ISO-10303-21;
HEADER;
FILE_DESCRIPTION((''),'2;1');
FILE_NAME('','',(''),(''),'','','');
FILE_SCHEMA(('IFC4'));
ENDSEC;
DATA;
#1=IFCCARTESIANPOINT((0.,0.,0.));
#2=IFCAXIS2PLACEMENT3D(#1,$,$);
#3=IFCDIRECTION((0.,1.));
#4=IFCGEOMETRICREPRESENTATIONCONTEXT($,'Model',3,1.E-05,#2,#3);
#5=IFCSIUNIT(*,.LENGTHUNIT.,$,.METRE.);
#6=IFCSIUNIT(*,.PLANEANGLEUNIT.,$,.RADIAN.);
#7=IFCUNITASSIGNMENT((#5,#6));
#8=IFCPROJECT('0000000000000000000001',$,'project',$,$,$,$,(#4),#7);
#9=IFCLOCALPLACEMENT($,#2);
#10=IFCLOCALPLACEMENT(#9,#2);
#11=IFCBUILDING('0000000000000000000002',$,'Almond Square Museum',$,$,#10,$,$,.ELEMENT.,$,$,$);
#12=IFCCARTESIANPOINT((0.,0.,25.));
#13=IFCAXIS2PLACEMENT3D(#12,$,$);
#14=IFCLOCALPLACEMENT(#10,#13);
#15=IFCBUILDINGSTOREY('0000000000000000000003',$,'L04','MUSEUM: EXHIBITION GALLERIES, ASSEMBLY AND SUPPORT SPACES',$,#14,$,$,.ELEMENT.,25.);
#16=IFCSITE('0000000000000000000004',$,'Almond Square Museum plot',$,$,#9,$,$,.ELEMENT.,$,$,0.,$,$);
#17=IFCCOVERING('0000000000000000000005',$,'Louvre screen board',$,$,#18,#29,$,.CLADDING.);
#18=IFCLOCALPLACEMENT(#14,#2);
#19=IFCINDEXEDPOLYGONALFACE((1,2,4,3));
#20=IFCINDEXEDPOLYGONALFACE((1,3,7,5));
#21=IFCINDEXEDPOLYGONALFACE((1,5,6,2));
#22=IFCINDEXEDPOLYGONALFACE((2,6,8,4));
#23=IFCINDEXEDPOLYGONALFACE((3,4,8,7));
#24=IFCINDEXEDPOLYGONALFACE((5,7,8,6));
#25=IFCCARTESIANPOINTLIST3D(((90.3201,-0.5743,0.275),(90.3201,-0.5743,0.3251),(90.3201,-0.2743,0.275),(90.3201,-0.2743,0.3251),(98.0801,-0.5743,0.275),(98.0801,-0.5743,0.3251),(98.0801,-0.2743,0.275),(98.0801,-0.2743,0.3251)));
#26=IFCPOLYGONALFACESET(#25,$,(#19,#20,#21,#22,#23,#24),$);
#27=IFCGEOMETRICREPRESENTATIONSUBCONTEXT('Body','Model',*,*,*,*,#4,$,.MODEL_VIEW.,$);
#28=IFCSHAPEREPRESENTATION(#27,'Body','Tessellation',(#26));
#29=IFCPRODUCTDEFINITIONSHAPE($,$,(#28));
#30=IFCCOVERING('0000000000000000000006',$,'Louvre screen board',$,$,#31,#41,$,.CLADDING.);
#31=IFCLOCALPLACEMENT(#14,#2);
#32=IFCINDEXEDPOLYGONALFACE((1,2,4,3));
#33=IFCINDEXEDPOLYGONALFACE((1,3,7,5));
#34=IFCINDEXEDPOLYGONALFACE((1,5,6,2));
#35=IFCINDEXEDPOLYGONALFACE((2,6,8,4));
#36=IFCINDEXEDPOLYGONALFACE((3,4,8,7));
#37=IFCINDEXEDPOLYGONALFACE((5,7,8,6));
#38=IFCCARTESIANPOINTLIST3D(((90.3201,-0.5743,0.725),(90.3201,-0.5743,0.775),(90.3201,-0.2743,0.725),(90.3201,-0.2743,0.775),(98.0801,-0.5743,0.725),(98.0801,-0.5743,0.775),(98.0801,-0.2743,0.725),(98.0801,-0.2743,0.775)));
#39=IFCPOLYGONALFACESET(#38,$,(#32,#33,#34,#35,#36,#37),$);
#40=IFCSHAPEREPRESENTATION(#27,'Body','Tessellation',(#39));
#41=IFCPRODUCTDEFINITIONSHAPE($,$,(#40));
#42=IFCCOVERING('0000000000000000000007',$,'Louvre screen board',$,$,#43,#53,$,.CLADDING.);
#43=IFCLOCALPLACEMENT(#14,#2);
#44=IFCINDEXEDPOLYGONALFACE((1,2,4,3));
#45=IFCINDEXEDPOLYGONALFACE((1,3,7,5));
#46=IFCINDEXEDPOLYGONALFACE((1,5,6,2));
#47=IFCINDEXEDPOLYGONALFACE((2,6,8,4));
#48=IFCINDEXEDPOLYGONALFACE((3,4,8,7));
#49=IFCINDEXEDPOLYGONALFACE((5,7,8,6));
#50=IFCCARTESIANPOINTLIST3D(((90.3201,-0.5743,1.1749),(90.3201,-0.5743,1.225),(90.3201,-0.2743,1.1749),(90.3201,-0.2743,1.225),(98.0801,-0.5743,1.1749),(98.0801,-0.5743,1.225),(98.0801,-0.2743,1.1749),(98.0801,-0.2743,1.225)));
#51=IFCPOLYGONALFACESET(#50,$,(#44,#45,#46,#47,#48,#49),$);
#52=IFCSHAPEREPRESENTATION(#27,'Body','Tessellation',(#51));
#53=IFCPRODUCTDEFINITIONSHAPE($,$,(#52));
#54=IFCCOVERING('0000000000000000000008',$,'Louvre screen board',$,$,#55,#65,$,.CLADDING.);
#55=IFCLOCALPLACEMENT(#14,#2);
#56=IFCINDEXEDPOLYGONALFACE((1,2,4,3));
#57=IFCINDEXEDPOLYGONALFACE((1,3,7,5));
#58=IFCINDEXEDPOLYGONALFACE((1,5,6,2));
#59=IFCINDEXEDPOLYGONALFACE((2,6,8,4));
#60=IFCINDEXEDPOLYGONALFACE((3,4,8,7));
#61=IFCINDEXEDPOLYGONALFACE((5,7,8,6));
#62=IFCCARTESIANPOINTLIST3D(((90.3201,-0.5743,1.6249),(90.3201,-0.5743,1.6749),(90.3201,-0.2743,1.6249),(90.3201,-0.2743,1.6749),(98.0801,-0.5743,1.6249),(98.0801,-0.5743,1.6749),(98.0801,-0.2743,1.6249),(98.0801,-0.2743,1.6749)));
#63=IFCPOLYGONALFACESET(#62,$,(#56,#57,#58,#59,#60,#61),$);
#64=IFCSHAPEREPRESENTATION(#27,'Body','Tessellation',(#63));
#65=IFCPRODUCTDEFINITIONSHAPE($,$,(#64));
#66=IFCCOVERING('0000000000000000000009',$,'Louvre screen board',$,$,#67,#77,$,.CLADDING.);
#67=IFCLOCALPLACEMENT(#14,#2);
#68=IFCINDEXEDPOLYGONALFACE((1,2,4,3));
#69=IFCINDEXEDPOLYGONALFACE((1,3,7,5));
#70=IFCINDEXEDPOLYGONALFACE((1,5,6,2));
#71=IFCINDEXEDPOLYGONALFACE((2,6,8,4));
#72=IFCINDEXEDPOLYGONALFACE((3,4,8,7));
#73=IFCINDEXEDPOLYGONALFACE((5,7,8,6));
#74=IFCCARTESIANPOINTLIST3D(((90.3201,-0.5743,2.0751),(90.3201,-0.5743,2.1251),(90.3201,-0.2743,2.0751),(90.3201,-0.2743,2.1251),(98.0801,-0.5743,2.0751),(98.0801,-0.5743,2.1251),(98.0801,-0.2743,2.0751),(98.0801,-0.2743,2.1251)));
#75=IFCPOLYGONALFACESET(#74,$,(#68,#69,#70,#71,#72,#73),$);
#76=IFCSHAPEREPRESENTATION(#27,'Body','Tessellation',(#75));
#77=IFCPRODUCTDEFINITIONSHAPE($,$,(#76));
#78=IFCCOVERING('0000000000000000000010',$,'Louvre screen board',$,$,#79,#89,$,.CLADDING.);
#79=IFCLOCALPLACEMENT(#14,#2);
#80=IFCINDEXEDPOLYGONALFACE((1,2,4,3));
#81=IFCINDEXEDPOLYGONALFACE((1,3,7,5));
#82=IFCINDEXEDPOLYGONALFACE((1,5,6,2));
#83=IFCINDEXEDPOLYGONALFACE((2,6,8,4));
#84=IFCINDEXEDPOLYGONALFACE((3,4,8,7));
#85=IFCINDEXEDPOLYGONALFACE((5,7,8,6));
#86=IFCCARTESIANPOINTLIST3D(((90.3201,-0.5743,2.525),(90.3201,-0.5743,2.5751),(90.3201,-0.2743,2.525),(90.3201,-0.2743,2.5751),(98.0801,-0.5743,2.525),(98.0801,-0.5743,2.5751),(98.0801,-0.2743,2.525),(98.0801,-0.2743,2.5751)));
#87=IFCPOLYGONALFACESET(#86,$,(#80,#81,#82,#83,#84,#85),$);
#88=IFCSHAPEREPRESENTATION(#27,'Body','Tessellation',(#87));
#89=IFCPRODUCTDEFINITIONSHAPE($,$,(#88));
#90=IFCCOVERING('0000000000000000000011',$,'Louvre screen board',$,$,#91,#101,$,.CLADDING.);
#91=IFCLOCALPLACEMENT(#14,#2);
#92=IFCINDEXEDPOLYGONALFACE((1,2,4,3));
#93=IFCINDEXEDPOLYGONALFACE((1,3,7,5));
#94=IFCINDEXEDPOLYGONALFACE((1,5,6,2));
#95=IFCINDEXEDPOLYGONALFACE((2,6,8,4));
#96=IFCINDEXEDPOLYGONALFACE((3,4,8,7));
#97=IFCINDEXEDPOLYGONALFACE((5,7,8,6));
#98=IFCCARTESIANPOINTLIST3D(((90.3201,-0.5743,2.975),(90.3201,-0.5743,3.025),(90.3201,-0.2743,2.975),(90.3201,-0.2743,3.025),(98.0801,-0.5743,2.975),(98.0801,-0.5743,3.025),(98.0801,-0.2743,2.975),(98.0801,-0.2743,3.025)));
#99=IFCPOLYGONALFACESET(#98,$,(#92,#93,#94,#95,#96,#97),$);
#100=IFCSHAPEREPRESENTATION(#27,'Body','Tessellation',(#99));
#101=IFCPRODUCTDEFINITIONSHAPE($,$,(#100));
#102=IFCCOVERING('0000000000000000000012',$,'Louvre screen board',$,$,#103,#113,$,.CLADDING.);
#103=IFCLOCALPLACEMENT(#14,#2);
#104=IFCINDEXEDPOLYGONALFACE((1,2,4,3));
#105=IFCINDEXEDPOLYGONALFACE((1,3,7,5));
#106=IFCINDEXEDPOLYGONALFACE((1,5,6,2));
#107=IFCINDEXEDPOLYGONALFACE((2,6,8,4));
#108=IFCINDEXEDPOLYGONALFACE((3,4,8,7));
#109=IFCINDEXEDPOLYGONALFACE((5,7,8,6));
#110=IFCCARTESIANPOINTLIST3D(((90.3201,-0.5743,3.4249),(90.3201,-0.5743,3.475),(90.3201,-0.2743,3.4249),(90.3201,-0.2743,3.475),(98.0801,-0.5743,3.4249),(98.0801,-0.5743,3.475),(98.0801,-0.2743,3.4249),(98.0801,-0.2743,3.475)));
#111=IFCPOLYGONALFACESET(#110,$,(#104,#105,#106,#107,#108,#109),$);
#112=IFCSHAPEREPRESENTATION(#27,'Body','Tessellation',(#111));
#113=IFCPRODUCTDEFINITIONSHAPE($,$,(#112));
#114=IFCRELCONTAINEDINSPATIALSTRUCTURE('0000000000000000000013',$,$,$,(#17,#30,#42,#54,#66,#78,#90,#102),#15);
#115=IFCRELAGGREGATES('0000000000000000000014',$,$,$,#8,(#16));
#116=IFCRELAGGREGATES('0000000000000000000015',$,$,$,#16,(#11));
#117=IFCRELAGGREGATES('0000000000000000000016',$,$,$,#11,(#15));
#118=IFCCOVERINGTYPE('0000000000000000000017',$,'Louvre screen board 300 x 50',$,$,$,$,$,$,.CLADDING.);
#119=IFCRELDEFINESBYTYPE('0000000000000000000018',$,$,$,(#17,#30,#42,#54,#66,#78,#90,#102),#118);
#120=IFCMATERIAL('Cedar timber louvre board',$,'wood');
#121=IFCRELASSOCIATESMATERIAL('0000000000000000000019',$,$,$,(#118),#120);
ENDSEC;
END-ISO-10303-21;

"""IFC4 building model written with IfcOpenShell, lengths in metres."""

from ifc_helpers import new_model, si_unit, direction, frame, origin, origin_2d, place, context, subcontext, project, spatial, rectangle, extrude, material, material_profile, profile_set, type_object, element, save


model = new_model("IFC4")

# Units and contexts
model_context = context("Model", 3, precision=1e-05, world=origin(), true_north=direction((0.0, 1.0)))
body_context = subcontext(model_context, "Body", "Model", "MODEL_VIEW")
ifc_project = project(units=[si_unit("LENGTHUNIT", "METRE"), si_unit("PLANEANGLEUNIT", "RADIAN")], contexts=[model_context])

# Site, building, storey
site_placement = place(None, origin())
site = spatial("IfcSite", under=ifc_project, at=site_placement, Name="Almond Square Museum plot", CompositionType="ELEMENT", RefElevation=0.0)
building_placement = place(site_placement, origin())
building = spatial("IfcBuilding", under=site, at=building_placement, Name="Almond Square Museum", CompositionType="ELEMENT")
storey_placement = place(building_placement, frame((0.0, 0.0, 25.0)))
storey = spatial("IfcBuildingStorey", under=building, at=storey_placement, Name="L04", Description="MUSEUM: EXHIBITION GALLERIES, ASSEMBLY AND SUPPORT SPACES", CompositionType="ELEMENT", Elevation=25.0)

# Coverings
ifc_material_1 = material(Name="Cedar timber louvre board", Category="wood")
ifc_material_profile_1 = material_profile(ifc_material_1, rectangle(XDim=0.3, YDim=0.05, at=origin_2d()))
ifc_profile_set_1 = profile_set([ifc_material_profile_1], Name="Cedar timber louvre board")
covering_type = type_object("IfcCoveringType", Name="Louvre screen board 300 x 50", PredefinedType="CLADDING", material=ifc_profile_set_1)
for number, where, z_axis, x_axis, name in (
    (1, (90.3201, -0.4243, 0.3), (1.0, 0.0, 0.0), (0.0, 1.0, 0.0), "Louvre screen board"),
    (2, (90.3201, -0.4243, 0.75), (1.0, 0.0, 0.0), (0.0, 1.0, 0.0), "Louvre screen board"),
    (3, (90.3201, -0.4243, 1.2), (1.0, 0.0, 0.0), (0.0, 1.0, 0.0), "Louvre screen board"),
    (4, (90.3201, -0.4243, 1.6499), (1.0, 0.0, 0.0), (0.0, 1.0, 0.0), "Louvre screen board"),
    (5, (90.3201, -0.4243, 2.1001), (1.0, 0.0, 0.0), (0.0, 1.0, 0.0), "Louvre screen board"),
    (6, (90.3201, -0.4243, 2.55), (1.0, 0.0, 0.0), (0.0, 1.0, 0.0), "Louvre screen board"),
    (7, (90.3201, -0.4243, 3.0), (1.0, 0.0, 0.0), (0.0, 1.0, 0.0), "Louvre screen board"),
    (8, (90.3201, -0.4243, 3.45), (1.0, 0.0, 0.0), (0.0, 1.0, 0.0), "Louvre screen board"),
):
    element("IfcCovering", number, at=place(storey_placement, frame(where, z_axis=z_axis, x_axis=x_axis)), inside=storey, type_object=covering_type, Name=name, PredefinedType="CLADDING", context=body_context, shape_type="SweptSolid", body=[
        extrude(rectangle(XDim=0.3, YDim=0.05, at=origin_2d()), origin(), (0.0, 0.0, 1.0), 7.76),
    ])

save(model, "model.ifc")
